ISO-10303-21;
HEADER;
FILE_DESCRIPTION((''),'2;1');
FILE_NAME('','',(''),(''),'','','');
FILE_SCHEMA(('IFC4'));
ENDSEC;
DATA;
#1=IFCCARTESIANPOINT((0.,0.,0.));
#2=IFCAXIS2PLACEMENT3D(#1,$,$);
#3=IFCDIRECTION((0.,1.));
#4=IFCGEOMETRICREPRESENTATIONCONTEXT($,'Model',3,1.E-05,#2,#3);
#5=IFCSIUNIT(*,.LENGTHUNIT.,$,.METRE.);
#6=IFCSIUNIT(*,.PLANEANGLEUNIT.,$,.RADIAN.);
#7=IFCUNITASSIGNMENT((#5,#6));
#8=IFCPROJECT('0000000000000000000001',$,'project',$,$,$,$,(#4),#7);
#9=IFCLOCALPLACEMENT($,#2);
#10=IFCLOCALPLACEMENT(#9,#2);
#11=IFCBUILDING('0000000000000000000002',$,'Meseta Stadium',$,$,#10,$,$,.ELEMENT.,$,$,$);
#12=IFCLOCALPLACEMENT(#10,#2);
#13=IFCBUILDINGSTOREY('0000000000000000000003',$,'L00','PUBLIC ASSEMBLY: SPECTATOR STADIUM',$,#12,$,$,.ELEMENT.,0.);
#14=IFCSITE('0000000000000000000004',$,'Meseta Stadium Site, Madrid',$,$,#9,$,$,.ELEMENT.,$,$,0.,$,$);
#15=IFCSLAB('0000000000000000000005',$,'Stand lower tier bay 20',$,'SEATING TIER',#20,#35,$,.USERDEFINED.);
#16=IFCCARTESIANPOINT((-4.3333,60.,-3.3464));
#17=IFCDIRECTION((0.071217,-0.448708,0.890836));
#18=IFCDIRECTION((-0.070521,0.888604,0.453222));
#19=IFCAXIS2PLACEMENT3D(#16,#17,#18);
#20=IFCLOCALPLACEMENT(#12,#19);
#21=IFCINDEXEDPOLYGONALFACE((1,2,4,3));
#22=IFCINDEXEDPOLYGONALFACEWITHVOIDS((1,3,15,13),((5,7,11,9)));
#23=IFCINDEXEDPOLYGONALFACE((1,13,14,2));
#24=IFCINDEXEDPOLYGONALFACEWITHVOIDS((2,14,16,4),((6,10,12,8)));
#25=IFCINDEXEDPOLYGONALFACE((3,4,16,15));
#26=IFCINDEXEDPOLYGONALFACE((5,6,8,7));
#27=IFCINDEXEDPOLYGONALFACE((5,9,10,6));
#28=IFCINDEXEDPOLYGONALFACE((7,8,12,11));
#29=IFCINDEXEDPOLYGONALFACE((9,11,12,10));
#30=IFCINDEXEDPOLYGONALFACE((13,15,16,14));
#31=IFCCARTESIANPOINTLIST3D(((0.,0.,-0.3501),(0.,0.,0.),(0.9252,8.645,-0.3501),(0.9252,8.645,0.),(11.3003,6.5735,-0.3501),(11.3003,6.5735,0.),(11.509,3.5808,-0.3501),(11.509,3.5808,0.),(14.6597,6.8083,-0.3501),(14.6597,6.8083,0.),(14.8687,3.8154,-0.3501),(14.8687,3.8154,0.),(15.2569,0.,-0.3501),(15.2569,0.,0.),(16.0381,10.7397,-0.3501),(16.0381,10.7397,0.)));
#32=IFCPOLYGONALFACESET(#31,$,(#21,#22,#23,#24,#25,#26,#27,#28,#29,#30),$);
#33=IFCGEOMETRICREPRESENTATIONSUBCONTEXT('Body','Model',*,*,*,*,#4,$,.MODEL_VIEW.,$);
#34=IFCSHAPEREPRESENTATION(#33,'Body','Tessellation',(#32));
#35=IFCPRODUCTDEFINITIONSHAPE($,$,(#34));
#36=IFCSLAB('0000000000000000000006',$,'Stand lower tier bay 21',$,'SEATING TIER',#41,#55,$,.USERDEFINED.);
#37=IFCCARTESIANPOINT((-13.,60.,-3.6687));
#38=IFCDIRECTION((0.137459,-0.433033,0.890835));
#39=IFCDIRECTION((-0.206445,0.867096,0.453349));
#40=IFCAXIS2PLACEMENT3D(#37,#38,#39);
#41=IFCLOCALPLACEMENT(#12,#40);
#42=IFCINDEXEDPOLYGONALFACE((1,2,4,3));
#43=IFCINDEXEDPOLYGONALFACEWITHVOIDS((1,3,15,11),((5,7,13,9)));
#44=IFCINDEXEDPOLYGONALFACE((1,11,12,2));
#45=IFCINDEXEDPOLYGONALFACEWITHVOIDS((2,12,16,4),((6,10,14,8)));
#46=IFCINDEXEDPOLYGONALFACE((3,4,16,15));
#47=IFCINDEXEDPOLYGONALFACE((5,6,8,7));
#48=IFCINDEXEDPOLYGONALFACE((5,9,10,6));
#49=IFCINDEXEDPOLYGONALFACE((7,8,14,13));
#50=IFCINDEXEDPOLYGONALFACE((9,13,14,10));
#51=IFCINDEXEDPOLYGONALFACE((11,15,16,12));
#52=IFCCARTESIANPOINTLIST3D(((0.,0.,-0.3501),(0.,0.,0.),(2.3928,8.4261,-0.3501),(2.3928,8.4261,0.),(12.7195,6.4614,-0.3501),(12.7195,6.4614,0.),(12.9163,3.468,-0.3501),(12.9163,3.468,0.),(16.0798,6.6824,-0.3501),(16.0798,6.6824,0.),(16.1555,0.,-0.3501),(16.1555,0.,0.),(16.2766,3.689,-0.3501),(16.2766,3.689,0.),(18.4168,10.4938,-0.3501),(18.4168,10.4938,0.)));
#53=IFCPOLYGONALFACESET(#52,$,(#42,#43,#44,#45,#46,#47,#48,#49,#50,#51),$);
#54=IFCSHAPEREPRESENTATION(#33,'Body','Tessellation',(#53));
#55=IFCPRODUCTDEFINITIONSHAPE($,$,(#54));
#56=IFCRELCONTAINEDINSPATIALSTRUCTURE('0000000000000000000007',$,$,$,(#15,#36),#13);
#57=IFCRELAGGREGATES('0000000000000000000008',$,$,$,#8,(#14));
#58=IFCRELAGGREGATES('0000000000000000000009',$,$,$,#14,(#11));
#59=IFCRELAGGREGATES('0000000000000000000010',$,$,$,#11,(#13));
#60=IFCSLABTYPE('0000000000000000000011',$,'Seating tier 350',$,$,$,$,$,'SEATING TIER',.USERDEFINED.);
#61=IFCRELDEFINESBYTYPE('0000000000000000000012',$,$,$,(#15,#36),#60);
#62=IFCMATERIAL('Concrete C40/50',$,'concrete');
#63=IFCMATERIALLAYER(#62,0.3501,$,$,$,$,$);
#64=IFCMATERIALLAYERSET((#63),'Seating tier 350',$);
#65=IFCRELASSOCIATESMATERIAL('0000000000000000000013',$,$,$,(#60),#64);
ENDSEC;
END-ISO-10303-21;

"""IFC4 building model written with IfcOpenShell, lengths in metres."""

from ifc_helpers import new_model, si_unit, direction, frame, origin, place, context, subcontext, project, spatial, polyline, outline, extrude, material, layer, layer_set, type_object, element, save


model = new_model("IFC4")

# Units and contexts
model_context = context("Model", 3, precision=1e-05, world=origin(), true_north=direction((0.0, 1.0)))
body_context = subcontext(model_context, "Body", "Model", "MODEL_VIEW")
ifc_project = project(units=[si_unit("LENGTHUNIT", "METRE"), si_unit("PLANEANGLEUNIT", "RADIAN")], contexts=[model_context])

# Site, building, storey
site_placement = place(None, origin())
site = spatial("IfcSite", under=ifc_project, at=site_placement, Name="Meseta Stadium Site, Madrid", CompositionType="ELEMENT", RefElevation=0.0)
building_placement = place(site_placement, origin())
building = spatial("IfcBuilding", under=site, at=building_placement, Name="Meseta Stadium", CompositionType="ELEMENT")
storey_placement = place(building_placement, origin())
storey = spatial("IfcBuildingStorey", under=building, at=storey_placement, Name="L00", Description="PUBLIC ASSEMBLY: SPECTATOR STADIUM", CompositionType="ELEMENT", Elevation=0.0)

# Slabs
ifc_material_1 = material(Name="Concrete C40/50", Category="concrete")
ifc_layer_1 = layer(ifc_material_1, 0.3501)
ifc_layer_set_1 = layer_set([ifc_layer_1], Name="Seating tier 350")
slab_type = type_object("IfcSlabType", Name="Seating tier 350", ElementType="SEATING TIER", PredefinedType="USERDEFINED", material=ifc_layer_set_1)
slab_1_placement = place(storey_placement, frame((-4.3333, 60.0, -3.3464), z_axis=(0.071217, -0.448708, 0.890836), x_axis=(-0.070521, 0.888604, 0.453222)))
element("IfcSlab", 1, at=slab_1_placement, inside=storey, type_object=slab_type, Name="Stand lower tier bay 20", ObjectType="SEATING TIER", PredefinedType="USERDEFINED", context=body_context, shape_type="SweptSolid", body=[
    extrude(outline(polyline([(0.0, 0.0), (15.2569, 0.0), (16.0381, 10.7397), (0.9252, 8.645), (0.0, 0.0)]), holes=[polyline([(11.509, 3.5808), (14.8687, 3.8154), (14.6597, 6.8083), (11.3003, 6.5735), (11.509, 3.5808)])]), origin(), (0.0, 0.0, -1.0), 0.3501),
])
slab_2_placement = place(storey_placement, frame((-13.0, 60.0, -3.6687), z_axis=(0.137459, -0.433033, 0.890835), x_axis=(-0.206445, 0.867096, 0.453349)))
element("IfcSlab", 2, at=slab_2_placement, inside=storey, type_object=slab_type, Name="Stand lower tier bay 21", ObjectType="SEATING TIER", PredefinedType="USERDEFINED", context=body_context, shape_type="SweptSolid", body=[
    extrude(outline(polyline([(0.0, 0.0), (16.1555, 0.0), (18.4168, 10.4938), (2.3928, 8.4261), (0.0, 0.0)]), holes=[polyline([(12.9163, 3.468), (16.2766, 3.689), (16.0798, 6.6824), (12.7195, 6.4614), (12.9163, 3.468)])]), origin(), (0.0, 0.0, -1.0), 0.3501),
])

save(model, "model.ifc")
